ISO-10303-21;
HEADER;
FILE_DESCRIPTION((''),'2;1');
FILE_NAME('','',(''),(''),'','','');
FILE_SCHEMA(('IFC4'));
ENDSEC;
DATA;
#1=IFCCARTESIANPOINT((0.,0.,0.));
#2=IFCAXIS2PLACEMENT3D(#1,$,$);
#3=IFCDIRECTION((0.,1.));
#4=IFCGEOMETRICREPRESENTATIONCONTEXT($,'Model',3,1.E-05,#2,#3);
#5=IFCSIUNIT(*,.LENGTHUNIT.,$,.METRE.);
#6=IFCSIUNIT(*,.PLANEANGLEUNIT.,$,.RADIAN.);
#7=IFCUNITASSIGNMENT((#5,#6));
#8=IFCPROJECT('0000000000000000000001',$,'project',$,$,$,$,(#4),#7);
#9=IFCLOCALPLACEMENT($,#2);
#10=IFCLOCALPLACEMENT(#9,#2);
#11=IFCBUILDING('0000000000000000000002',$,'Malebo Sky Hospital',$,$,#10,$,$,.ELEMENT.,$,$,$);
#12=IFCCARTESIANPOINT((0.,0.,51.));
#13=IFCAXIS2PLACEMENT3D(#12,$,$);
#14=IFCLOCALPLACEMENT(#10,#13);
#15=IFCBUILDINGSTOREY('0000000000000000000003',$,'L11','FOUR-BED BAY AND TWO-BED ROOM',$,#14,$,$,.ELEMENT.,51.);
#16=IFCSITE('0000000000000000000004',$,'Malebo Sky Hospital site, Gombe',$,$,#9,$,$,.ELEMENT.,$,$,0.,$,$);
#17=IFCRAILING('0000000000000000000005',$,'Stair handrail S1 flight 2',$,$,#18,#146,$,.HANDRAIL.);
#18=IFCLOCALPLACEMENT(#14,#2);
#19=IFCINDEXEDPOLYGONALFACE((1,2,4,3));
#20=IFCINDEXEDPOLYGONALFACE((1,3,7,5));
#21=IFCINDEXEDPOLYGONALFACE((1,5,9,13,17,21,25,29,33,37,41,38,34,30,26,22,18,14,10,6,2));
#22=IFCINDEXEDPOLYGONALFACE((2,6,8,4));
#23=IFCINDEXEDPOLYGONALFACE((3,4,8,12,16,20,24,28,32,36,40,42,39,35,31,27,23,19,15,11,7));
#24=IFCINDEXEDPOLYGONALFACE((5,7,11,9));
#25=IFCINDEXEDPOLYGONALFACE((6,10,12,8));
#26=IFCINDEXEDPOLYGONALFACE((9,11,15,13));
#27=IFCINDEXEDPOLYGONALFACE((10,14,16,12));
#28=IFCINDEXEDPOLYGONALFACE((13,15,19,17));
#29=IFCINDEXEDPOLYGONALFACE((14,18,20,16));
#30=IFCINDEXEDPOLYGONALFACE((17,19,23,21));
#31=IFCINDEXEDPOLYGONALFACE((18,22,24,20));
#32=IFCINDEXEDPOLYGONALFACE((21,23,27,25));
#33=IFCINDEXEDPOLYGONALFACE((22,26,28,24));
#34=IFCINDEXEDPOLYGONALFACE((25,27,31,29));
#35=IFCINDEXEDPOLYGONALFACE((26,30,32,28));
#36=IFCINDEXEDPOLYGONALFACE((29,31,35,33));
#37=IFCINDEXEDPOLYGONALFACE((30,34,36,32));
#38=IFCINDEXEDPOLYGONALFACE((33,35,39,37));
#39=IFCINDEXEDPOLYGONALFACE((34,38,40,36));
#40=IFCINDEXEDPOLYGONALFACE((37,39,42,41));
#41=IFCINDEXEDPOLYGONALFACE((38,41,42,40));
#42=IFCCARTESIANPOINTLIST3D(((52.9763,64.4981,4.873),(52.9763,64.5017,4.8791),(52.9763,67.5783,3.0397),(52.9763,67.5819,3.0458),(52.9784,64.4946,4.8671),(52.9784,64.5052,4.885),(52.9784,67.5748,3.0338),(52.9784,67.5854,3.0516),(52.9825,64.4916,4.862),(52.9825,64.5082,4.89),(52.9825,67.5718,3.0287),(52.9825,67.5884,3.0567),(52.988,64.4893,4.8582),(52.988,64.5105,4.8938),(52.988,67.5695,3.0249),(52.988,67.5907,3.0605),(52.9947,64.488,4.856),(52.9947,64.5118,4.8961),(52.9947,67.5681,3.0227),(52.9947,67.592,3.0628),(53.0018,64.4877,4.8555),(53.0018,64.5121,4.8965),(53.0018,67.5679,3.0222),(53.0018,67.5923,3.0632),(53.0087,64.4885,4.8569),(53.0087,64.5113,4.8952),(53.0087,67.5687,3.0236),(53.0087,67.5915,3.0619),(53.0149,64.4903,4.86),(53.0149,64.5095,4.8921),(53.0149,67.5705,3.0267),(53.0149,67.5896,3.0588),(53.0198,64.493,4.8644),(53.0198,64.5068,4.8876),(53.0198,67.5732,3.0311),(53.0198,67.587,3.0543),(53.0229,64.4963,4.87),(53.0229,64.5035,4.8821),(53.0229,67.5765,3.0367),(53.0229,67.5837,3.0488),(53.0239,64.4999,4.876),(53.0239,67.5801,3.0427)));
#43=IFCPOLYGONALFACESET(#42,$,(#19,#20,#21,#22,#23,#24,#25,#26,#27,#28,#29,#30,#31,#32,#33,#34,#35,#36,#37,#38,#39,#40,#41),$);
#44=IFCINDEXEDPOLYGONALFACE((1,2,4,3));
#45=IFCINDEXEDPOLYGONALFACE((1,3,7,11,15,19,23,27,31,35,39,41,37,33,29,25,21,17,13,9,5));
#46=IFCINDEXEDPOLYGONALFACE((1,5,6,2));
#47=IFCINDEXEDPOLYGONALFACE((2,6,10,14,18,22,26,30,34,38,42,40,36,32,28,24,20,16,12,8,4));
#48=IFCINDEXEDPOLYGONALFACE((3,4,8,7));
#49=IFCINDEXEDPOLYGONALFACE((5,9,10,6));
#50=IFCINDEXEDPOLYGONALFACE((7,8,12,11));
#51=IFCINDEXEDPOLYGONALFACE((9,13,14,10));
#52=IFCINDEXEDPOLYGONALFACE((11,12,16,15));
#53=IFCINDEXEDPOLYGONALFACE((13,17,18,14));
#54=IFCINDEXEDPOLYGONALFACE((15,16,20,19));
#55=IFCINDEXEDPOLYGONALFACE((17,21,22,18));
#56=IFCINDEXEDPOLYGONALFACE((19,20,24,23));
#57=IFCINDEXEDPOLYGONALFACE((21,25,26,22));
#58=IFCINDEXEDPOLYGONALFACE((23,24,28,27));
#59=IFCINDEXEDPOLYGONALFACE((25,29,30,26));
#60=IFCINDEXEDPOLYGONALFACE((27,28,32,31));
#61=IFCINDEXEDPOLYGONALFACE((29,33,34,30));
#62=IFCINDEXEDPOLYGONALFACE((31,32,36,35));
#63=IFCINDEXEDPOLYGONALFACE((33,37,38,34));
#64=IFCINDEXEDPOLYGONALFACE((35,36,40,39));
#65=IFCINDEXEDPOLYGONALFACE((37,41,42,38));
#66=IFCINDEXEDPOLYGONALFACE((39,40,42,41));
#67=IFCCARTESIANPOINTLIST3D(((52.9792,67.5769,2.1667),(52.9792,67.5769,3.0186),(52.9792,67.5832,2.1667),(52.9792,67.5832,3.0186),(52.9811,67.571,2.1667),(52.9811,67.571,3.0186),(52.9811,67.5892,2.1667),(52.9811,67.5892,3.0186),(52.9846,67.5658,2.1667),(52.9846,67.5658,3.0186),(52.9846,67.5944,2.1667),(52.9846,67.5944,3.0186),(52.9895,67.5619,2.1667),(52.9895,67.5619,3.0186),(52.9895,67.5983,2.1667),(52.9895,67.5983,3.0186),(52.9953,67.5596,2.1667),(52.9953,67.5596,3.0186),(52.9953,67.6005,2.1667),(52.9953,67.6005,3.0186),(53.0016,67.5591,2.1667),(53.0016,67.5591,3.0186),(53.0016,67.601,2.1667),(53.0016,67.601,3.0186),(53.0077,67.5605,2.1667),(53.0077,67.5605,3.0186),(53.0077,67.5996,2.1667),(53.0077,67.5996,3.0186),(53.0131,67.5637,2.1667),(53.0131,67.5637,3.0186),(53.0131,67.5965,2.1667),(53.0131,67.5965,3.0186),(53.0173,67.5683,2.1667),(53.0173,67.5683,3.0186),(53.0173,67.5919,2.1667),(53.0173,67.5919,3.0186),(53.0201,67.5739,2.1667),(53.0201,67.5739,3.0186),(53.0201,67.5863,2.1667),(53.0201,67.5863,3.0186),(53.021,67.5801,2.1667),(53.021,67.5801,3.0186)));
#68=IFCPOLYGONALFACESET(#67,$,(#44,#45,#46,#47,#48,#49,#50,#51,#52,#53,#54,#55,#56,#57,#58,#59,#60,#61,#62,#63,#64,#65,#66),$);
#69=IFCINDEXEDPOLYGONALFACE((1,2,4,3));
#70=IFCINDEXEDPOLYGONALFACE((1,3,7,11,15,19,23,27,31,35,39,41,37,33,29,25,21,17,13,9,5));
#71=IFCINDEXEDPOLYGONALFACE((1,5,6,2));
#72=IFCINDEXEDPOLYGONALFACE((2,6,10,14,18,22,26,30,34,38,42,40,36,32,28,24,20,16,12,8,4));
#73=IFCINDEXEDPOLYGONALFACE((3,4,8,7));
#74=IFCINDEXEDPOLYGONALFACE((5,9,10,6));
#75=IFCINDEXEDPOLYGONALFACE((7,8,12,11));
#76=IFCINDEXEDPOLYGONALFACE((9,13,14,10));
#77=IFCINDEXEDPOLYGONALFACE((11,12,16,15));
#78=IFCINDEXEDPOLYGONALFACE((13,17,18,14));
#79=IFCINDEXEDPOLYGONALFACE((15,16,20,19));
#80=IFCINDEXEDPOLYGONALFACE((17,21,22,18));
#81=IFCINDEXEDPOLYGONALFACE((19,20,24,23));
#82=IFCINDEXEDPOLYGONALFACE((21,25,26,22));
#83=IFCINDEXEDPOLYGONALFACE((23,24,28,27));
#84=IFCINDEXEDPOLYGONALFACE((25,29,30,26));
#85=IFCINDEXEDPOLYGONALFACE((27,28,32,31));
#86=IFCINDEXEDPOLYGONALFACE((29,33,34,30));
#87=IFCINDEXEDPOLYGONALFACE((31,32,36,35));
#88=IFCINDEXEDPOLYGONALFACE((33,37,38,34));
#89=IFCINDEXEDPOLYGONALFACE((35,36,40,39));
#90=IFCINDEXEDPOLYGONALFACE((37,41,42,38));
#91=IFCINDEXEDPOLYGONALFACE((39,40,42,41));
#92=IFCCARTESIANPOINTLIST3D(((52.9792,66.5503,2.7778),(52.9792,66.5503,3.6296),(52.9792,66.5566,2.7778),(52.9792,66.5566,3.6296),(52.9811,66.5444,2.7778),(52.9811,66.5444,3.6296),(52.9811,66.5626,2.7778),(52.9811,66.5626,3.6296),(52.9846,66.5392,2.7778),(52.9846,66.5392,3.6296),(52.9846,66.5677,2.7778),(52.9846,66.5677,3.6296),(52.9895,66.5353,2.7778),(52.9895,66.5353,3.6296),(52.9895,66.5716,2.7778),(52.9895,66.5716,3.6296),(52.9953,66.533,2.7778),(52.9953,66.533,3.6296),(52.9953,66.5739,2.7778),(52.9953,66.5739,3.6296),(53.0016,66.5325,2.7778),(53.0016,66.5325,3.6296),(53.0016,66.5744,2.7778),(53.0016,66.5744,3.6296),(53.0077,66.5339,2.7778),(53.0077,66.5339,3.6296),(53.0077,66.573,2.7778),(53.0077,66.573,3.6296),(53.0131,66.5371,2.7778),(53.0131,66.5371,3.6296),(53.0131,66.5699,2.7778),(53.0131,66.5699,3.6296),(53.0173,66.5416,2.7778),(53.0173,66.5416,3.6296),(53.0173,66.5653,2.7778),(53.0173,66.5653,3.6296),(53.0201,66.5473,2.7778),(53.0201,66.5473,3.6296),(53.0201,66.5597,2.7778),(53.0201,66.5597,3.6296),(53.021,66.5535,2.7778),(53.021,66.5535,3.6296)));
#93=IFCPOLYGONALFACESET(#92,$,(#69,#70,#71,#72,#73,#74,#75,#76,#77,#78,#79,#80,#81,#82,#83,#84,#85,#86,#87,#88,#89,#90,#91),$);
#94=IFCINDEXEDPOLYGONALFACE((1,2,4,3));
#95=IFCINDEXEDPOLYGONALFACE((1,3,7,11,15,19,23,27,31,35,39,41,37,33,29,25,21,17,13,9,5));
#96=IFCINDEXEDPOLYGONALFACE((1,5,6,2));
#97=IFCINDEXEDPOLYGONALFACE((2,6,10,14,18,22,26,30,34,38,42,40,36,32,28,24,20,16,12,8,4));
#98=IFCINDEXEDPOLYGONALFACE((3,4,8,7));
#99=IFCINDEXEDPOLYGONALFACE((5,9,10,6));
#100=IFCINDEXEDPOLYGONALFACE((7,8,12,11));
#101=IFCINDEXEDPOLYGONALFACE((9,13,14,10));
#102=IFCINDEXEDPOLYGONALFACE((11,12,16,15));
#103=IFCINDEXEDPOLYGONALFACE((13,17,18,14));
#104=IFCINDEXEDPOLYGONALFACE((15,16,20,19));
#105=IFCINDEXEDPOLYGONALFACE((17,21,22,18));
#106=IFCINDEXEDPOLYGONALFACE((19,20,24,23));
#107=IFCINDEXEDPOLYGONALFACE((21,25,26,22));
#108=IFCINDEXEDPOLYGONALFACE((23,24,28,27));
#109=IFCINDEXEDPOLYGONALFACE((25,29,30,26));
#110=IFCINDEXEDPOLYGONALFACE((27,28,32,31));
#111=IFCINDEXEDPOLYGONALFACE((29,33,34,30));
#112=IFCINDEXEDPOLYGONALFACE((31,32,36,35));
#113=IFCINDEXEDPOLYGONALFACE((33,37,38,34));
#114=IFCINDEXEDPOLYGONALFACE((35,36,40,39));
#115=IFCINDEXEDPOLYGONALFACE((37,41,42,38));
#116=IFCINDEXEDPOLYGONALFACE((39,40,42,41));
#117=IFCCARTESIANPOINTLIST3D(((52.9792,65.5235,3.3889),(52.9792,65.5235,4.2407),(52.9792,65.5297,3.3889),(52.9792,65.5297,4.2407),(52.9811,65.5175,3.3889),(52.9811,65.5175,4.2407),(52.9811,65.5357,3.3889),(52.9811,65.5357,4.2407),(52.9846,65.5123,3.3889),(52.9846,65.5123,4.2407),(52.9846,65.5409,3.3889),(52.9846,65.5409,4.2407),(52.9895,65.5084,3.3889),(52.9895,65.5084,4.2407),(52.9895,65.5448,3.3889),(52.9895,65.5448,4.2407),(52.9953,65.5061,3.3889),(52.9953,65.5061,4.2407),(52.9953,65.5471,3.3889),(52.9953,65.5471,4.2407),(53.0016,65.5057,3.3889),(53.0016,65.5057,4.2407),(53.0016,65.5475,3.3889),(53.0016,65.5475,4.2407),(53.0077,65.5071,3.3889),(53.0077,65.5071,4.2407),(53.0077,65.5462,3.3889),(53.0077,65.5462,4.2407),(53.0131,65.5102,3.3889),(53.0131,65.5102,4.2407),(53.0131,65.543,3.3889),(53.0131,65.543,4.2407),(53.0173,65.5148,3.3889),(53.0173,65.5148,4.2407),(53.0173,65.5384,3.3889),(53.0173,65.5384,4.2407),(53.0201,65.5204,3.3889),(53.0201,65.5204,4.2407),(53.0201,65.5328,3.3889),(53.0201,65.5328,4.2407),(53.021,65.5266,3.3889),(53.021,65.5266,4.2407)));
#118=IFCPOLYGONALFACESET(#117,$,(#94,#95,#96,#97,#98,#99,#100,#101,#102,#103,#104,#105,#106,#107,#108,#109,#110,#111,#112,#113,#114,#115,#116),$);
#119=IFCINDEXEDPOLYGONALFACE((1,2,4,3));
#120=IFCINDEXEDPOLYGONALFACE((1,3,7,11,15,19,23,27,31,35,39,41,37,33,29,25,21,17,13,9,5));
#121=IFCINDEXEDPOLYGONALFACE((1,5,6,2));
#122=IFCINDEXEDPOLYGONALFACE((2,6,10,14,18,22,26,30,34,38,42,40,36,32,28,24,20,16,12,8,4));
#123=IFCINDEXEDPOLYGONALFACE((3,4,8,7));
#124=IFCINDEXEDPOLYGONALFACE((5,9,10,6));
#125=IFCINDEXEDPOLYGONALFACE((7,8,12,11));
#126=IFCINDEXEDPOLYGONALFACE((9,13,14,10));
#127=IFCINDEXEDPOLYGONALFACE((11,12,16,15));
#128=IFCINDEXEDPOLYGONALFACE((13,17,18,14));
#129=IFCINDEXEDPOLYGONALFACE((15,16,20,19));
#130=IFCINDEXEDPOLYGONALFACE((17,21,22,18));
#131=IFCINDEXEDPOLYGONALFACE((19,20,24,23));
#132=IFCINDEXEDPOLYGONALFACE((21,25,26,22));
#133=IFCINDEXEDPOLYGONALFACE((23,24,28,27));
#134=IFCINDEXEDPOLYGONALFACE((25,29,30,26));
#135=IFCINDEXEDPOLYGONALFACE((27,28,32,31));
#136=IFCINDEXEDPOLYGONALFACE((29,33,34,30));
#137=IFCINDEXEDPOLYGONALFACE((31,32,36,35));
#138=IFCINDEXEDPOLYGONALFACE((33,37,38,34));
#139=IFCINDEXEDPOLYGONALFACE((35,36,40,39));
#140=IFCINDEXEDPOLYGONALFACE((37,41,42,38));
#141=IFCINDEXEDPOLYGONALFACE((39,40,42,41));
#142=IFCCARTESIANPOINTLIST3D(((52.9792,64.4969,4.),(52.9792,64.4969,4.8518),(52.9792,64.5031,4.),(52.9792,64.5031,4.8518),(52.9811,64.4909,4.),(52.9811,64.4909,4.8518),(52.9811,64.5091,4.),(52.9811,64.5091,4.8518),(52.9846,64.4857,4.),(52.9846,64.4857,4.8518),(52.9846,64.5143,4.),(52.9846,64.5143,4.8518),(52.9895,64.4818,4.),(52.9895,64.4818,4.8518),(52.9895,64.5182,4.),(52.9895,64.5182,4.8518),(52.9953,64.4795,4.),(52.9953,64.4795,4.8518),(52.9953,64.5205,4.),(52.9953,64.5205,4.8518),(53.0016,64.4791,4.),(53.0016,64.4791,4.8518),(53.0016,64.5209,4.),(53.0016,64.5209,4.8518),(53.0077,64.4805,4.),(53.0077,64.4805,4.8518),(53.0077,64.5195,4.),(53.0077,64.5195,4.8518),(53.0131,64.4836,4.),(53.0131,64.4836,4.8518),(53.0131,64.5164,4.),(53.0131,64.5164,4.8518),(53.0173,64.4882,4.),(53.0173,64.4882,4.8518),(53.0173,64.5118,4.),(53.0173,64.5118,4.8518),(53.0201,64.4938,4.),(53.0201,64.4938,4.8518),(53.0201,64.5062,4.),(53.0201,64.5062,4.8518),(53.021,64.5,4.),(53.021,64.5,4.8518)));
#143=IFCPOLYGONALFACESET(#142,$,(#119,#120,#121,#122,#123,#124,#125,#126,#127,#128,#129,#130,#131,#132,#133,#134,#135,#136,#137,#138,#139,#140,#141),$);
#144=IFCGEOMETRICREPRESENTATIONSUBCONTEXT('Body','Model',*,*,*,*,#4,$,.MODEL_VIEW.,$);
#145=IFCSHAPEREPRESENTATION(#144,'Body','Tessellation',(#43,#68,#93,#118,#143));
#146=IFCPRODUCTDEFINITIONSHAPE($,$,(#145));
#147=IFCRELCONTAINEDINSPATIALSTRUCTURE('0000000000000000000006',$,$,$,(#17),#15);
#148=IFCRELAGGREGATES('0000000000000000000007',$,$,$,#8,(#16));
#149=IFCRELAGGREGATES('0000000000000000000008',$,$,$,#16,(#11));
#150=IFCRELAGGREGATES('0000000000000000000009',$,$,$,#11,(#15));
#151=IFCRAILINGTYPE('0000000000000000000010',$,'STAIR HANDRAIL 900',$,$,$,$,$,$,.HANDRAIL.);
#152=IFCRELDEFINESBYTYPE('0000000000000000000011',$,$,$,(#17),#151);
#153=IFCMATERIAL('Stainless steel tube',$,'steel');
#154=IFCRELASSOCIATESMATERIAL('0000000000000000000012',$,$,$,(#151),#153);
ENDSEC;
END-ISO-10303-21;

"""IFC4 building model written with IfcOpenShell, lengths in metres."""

from ifc_helpers import new_model, si_unit, direction, frame, origin, origin_2d, place, context, subcontext, project, spatial, circle, extrude, material, type_object, element, save


model = new_model("IFC4")

# Units and contexts
model_context = context("Model", 3, precision=1e-05, world=origin(), true_north=direction((0.0, 1.0)))
body_context = subcontext(model_context, "Body", "Model", "MODEL_VIEW")
ifc_project = project(units=[si_unit("LENGTHUNIT", "METRE"), si_unit("PLANEANGLEUNIT", "RADIAN")], contexts=[model_context])

# Site, building, storey
site_placement = place(None, origin())
site = spatial("IfcSite", under=ifc_project, at=site_placement, Name="Malebo Sky Hospital site, Gombe", CompositionType="ELEMENT", RefElevation=0.0)
building_placement = place(site_placement, origin())
building = spatial("IfcBuilding", under=site, at=building_placement, Name="Malebo Sky Hospital", CompositionType="ELEMENT")
storey_placement = place(building_placement, frame((0.0, 0.0, 51.0)))
storey = spatial("IfcBuildingStorey", under=building, at=storey_placement, Name="L11", Description="FOUR-BED BAY AND TWO-BED ROOM", CompositionType="ELEMENT", Elevation=51.0)

# Railing
ifc_material_1 = material(Name="Stainless steel tube", Category="steel")
railing_type = type_object("IfcRailingType", Name="STAIR HANDRAIL 900", PredefinedType="HANDRAIL", material=ifc_material_1)
railing_1_placement = place(storey_placement, frame((53.0, 67.5801, 2.1667)))
element("IfcRailing", 1, at=railing_1_placement, inside=storey, type_object=railing_type, Name="Stair handrail S1 flight 2", PredefinedType="HANDRAIL", context=body_context, shape_type="SweptSolid", body=[
    extrude(circle(Radius=0.0239, at=origin_2d()), frame((0.0, 0.0, 0.876), z_axis=(0.0, -0.859309, 0.511458), x_axis=(1.0, 0.0, 0.0)), (0.0, 0.0, 1.0), 3.5845),
    extrude(circle(Radius=0.021, at=origin_2d()), origin(), (0.0, 0.0, 1.0), 0.8518),
    extrude(circle(Radius=0.021, at=origin_2d()), frame((0.0, -1.0266, 0.6111)), (0.0, 0.0, 1.0), 0.8518),
    extrude(circle(Radius=0.021, at=origin_2d()), frame((0.0, -2.0535, 1.2222)), (0.0, 0.0, 1.0), 0.8518),
    extrude(circle(Radius=0.021, at=origin_2d()), frame((0.0, -3.0801, 1.8333)), (0.0, 0.0, 1.0), 0.8518),
])

save(model, "model.ifc")
